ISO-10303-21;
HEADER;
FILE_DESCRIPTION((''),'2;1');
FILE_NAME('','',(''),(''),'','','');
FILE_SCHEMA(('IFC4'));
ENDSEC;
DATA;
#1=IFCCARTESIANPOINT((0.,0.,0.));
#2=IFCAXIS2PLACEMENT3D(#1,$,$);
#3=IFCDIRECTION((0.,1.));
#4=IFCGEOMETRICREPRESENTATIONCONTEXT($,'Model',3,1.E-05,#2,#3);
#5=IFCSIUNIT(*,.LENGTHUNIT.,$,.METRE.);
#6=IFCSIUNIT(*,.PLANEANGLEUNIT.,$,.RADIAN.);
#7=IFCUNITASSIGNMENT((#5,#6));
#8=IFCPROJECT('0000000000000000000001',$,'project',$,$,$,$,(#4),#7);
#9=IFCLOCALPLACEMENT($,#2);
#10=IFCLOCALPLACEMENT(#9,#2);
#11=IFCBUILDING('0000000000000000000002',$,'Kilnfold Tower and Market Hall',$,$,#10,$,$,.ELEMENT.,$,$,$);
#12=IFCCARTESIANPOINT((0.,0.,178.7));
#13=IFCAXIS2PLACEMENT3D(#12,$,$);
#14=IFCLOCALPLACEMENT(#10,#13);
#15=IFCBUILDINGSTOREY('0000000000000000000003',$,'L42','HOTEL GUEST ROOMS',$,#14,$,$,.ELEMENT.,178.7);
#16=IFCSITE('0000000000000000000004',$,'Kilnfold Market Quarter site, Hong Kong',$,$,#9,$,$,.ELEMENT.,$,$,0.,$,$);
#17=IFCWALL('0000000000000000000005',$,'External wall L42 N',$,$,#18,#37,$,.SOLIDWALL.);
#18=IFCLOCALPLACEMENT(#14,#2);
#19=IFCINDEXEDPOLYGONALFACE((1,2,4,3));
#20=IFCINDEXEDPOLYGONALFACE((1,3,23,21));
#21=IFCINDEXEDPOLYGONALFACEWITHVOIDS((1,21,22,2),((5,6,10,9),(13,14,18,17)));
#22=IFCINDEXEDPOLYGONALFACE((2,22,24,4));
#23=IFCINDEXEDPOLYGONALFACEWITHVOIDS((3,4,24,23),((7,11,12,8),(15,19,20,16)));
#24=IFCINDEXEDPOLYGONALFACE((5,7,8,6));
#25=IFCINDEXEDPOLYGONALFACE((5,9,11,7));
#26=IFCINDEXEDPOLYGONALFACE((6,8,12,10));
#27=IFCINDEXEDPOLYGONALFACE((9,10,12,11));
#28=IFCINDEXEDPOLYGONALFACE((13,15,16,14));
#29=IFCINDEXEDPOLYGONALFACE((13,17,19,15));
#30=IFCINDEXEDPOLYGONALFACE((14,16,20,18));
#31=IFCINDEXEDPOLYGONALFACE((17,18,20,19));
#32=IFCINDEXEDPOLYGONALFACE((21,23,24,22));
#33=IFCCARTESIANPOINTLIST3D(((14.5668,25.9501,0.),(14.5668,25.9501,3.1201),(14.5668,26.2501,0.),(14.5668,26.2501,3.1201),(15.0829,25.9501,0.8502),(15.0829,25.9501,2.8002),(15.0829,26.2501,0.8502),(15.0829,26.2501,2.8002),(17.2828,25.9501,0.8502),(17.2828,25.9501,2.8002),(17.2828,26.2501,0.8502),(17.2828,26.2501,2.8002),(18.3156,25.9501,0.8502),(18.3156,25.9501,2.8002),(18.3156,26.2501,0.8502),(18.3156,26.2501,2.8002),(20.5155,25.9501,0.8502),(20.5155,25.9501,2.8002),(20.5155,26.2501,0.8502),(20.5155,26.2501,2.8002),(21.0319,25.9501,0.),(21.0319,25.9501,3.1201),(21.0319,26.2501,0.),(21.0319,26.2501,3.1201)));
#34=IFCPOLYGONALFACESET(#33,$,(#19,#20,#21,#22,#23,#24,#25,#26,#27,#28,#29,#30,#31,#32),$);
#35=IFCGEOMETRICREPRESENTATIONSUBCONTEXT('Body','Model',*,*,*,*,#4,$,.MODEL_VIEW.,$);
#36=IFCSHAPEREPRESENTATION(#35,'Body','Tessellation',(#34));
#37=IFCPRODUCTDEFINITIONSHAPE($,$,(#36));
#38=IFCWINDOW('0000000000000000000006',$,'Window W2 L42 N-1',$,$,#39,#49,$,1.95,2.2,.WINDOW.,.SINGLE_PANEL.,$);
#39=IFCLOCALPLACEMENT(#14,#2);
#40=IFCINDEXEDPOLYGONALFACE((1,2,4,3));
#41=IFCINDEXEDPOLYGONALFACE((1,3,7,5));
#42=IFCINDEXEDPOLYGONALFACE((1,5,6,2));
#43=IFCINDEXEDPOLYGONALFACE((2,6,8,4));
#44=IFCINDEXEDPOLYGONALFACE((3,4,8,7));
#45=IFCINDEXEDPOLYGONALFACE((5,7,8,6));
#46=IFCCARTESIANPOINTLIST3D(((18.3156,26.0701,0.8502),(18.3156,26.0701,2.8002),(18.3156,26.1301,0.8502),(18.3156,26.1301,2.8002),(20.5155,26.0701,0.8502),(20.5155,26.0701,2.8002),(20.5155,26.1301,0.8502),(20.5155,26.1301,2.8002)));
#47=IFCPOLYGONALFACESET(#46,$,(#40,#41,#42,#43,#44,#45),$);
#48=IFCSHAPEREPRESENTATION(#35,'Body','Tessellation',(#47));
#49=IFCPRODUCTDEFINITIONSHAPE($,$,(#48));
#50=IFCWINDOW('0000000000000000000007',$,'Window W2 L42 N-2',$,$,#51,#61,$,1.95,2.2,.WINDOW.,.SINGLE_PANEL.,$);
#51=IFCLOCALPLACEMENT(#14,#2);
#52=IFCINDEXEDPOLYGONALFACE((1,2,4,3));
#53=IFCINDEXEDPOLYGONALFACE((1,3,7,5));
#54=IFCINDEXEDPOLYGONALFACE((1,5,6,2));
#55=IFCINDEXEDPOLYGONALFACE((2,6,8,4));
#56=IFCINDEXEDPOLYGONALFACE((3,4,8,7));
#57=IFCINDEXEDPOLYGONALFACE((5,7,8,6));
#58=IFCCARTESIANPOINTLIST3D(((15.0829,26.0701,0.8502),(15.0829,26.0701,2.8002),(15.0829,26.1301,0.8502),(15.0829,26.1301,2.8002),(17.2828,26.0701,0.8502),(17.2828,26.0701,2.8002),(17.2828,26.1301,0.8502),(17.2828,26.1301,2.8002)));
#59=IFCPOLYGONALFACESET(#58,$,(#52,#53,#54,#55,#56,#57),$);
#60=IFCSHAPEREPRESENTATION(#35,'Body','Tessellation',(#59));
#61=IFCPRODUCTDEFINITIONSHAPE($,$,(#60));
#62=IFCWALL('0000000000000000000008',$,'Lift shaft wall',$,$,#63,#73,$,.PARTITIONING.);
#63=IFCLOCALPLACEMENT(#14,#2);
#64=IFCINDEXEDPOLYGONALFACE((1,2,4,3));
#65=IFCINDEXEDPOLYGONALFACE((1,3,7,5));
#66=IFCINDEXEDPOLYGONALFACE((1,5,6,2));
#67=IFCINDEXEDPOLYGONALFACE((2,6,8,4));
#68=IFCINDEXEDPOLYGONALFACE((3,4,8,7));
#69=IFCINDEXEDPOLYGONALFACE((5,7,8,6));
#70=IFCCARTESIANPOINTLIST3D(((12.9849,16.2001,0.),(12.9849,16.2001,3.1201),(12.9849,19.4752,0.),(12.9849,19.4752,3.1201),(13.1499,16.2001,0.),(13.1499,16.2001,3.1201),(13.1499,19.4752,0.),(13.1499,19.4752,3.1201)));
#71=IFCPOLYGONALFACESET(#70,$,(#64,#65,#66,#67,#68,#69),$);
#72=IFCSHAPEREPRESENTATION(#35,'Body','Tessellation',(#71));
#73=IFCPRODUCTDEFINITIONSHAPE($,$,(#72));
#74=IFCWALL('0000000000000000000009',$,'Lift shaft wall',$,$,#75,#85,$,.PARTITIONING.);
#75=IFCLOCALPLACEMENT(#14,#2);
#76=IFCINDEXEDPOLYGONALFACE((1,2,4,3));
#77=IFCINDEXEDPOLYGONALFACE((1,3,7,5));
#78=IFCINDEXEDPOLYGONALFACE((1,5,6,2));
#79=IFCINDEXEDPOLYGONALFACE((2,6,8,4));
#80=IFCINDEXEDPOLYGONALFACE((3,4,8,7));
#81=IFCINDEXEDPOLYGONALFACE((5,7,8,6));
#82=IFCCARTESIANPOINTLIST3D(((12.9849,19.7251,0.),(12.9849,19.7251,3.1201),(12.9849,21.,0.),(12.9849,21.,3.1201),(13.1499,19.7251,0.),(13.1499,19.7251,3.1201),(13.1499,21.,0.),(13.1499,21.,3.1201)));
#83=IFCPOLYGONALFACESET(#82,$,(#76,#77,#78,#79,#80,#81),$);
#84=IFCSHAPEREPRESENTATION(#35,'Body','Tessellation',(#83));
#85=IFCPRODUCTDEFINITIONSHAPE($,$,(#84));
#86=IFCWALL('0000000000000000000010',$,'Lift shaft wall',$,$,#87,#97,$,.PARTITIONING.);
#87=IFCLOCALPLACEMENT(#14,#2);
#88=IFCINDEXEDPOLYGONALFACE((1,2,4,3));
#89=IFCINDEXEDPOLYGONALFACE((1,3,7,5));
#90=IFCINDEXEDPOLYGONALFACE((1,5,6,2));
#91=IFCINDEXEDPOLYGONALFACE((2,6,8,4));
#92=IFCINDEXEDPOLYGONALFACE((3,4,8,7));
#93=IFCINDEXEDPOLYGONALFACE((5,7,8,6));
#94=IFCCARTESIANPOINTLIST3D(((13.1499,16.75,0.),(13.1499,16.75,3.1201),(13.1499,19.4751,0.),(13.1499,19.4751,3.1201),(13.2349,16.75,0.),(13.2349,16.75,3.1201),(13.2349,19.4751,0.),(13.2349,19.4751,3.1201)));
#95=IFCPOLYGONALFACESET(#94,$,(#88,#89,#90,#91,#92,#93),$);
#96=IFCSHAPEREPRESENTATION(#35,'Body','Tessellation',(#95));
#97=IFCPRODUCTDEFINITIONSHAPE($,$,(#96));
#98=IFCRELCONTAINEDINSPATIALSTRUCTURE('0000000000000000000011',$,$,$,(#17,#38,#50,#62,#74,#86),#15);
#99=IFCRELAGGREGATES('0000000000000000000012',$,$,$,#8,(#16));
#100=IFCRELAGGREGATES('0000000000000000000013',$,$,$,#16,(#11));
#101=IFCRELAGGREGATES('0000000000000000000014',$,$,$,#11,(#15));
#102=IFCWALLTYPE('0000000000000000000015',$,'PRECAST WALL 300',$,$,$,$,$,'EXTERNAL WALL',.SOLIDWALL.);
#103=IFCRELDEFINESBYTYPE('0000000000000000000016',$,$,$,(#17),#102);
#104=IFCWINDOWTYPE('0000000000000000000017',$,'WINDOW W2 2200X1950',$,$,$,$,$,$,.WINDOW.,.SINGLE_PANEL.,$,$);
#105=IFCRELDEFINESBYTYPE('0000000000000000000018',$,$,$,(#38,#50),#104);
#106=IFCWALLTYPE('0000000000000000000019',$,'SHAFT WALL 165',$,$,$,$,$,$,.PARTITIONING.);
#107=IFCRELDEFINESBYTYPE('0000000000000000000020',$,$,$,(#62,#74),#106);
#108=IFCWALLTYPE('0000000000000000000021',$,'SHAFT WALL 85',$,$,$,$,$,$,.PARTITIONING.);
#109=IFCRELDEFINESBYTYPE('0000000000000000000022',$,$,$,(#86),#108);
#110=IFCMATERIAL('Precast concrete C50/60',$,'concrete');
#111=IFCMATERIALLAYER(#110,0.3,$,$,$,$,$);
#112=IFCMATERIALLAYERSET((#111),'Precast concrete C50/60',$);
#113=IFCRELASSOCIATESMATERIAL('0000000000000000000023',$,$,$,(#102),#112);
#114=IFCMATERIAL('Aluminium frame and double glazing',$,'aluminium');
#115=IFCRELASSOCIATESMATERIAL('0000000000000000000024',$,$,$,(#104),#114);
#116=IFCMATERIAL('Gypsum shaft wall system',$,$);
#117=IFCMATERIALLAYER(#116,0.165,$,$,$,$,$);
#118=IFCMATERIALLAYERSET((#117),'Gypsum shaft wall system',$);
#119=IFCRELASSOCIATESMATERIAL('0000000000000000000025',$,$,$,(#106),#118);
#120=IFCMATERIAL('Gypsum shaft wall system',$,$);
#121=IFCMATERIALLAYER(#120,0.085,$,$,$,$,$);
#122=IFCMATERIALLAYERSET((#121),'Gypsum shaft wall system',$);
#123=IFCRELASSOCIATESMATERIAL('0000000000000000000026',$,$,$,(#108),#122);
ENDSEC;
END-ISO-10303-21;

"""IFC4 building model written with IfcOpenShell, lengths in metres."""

from ifc_helpers import new_model, si_unit, direction, frame, frame_2d, origin, place, context, subcontext, project, spatial, rectangle, extrude, source, transform, mapped, material, layer, layer_set, type_object, element, fill, save


model = new_model("IFC4")

# Units and contexts
model_context = context("Model", 3, precision=1e-05, world=origin(), true_north=direction((0.0, 1.0)))
body_context = subcontext(model_context, "Body", "Model", "MODEL_VIEW")
ifc_project = project(units=[si_unit("LENGTHUNIT", "METRE"), si_unit("PLANEANGLEUNIT", "RADIAN")], contexts=[model_context])

# Site, building, storey
site_placement = place(None, origin())
site = spatial("IfcSite", under=ifc_project, at=site_placement, Name="Kilnfold Market Quarter site, Hong Kong", CompositionType="ELEMENT", RefElevation=0.0)
building_placement = place(site_placement, origin())
building = spatial("IfcBuilding", under=site, at=building_placement, Name="Kilnfold Tower and Market Hall", CompositionType="ELEMENT")
storey_placement = place(building_placement, frame((0.0, 0.0, 178.7)))
storey = spatial("IfcBuildingStorey", under=building, at=storey_placement, Name="L42", Description="HOTEL GUEST ROOMS", CompositionType="ELEMENT", Elevation=178.7)

# Shared definitions
ifc_material_1 = material(Name="Precast concrete C50/60", Category="concrete")
ifc_layer_1 = layer(ifc_material_1, 0.3)
ifc_layer_set_1 = layer_set([ifc_layer_1], Name="Precast concrete C50/60")
wall_type_1 = type_object("IfcWallType", Name="PRECAST WALL 300", ElementType="EXTERNAL WALL", PredefinedType="SOLIDWALL", material=ifc_layer_set_1)
ifc_material_2 = material(Name="Aluminium frame and double glazing", Category="aluminium")
window_type = type_object("IfcWindowType", Name="WINDOW W2 2200X1950", PartitioningType="SINGLE_PANEL", PredefinedType="WINDOW", material=ifc_material_2)

# Wall, openings, windows
shared_shape_1 = source(origin(), body_context, "Body", "SweptSolid", [
    extrude(rectangle(XDim=6.4651, YDim=0.3, at=frame_2d((3.2324, 0.0))), origin(), (0.0, 0.0, 1.0), 3.1201),
])
wall_1_placement = place(storey_placement, frame((21.0317, 26.1001, 0.0), z_axis=(0.0, 0.0, 1.0), x_axis=(-1.0, 0.0, 0.0)))
wall_1 = element("IfcWall", 1, at=wall_1_placement, inside=storey, type_object=wall_type_1, Name="External wall L42 N", PredefinedType="SOLIDWALL", context=body_context, shape_type="MappedRepresentation", body=[
    mapped(shared_shape_1, transform((0.0, 0.0, 0.0))),
])
opening_1_placement = place(wall_1_placement, frame((0.5161, 0.0, 0.8501)))
opening_1 = element("IfcOpeningElement", 2, at=opening_1_placement, cuts=wall_1, PredefinedType="OPENING", context=body_context, shape_type="SweptSolid", body=[
    extrude(rectangle(XDim=2.2, YDim=1.95, at=frame_2d((1.1001, 0.9751))), frame((0.0, 0.1602, 0.0), z_axis=(0.0, -1.0, 0.0), x_axis=(1.0, 0.0, 0.0)), (0.0, 0.0, 1.0), 0.3201),
])
opening_2_placement = place(wall_1_placement, frame((3.7488, 0.0, 0.8501)))
opening_2 = element("IfcOpeningElement", 3, at=opening_2_placement, cuts=wall_1, PredefinedType="OPENING", context=body_context, shape_type="SweptSolid", body=[
    extrude(rectangle(XDim=2.2, YDim=1.95, at=frame_2d((1.1001, 0.9751))), frame((0.0, 0.1602, 0.0), z_axis=(0.0, -1.0, 0.0), x_axis=(1.0, 0.0, 0.0)), (0.0, 0.0, 1.0), 0.3201),
])
window_1_placement = place(opening_1_placement, origin())
window_1 = element("IfcWindow", 4, at=window_1_placement, inside=storey, type_object=window_type, Name="Window W2 L42 N-1", OverallHeight=1.95, OverallWidth=2.2, PartitioningType="SINGLE_PANEL", PredefinedType="WINDOW", context=body_context, shape_type="SweptSolid", body=[
    extrude(rectangle(XDim=2.2, YDim=1.95, at=frame_2d((1.1001, 0.9751))), frame((0.0, 0.03, 0.0), z_axis=(0.0, -1.0, 0.0), x_axis=(1.0, 0.0, 0.0)), (0.0, 0.0, 1.0), 0.0601),
])
fill(opening_1, window_1)
window_2_placement = place(opening_2_placement, origin())
window_2 = element("IfcWindow", 5, at=window_2_placement, inside=storey, type_object=window_type, Name="Window W2 L42 N-2", OverallHeight=1.95, OverallWidth=2.2, PartitioningType="SINGLE_PANEL", PredefinedType="WINDOW", context=body_context, shape_type="SweptSolid", body=[
    extrude(rectangle(XDim=2.2, YDim=1.95, at=frame_2d((1.1001, 0.9751))), frame((0.0, 0.03, 0.0), z_axis=(0.0, -1.0, 0.0), x_axis=(1.0, 0.0, 0.0)), (0.0, 0.0, 1.0), 0.0601),
])
fill(opening_2, window_2)

# Walls
ifc_material_3 = material(Name="Gypsum shaft wall system")
ifc_layer_2 = layer(ifc_material_3, 0.165)
ifc_layer_set_2 = layer_set([ifc_layer_2], Name="Gypsum shaft wall system")
wall_type_2 = type_object("IfcWallType", Name="SHAFT WALL 165", PredefinedType="PARTITIONING", material=ifc_layer_set_2)
shared_shape_2 = source(origin(), body_context, "Body", "SweptSolid", [
    extrude(rectangle(XDim=3.2751, YDim=0.165, at=frame_2d((1.6377, 0.0))), origin(), (0.0, 0.0, 1.0), 3.1201),
])
wall_2_placement = place(storey_placement, frame((13.0674, 16.2, 0.0), z_axis=(0.0, 0.0, 1.0), x_axis=(0.0, 1.0, 0.0)))
element("IfcWall", 6, at=wall_2_placement, inside=storey, type_object=wall_type_2, Name="Lift shaft wall", PredefinedType="PARTITIONING", context=body_context, shape_type="MappedRepresentation", body=[
    mapped(shared_shape_2, transform((0.0, 0.0, 0.0))),
])
shared_shape_3 = source(origin(), body_context, "Body", "SweptSolid", [
    extrude(rectangle(XDim=1.2749, YDim=0.165, at=frame_2d((0.6375, 0.0))), origin(), (0.0, 0.0, 1.0), 3.1201),
])
wall_3_placement = place(storey_placement, frame((13.0674, 19.7251, 0.0), z_axis=(0.0, 0.0, 1.0), x_axis=(0.0, 1.0, 0.0)))
element("IfcWall", 7, at=wall_3_placement, inside=storey, type_object=wall_type_2, Name="Lift shaft wall", PredefinedType="PARTITIONING", context=body_context, shape_type="MappedRepresentation", body=[
    mapped(shared_shape_3, transform((0.0, 0.0, 0.0))),
])
ifc_material_4 = material(Name="Gypsum shaft wall system")
ifc_layer_3 = layer(ifc_material_4, 0.085)
ifc_layer_set_3 = layer_set([ifc_layer_3], Name="Gypsum shaft wall system")
wall_type_3 = type_object("IfcWallType", Name="SHAFT WALL 85", PredefinedType="PARTITIONING", material=ifc_layer_set_3)
shared_shape_4 = source(origin(), body_context, "Body", "SweptSolid", [
    extrude(rectangle(XDim=2.7251, YDim=0.085, at=frame_2d((1.3625, 0.0))), origin(), (0.0, 0.0, 1.0), 3.1201),
])
wall_4_placement = place(storey_placement, frame((13.1924, 16.75, 0.0), z_axis=(0.0, 0.0, 1.0), x_axis=(0.0, 1.0, 0.0)))
element("IfcWall", 8, at=wall_4_placement, inside=storey, type_object=wall_type_3, Name="Lift shaft wall", PredefinedType="PARTITIONING", context=body_context, shape_type="MappedRepresentation", body=[
    mapped(shared_shape_4, transform((0.0, 0.0, 0.0))),
])

save(model, "model.ifc")
